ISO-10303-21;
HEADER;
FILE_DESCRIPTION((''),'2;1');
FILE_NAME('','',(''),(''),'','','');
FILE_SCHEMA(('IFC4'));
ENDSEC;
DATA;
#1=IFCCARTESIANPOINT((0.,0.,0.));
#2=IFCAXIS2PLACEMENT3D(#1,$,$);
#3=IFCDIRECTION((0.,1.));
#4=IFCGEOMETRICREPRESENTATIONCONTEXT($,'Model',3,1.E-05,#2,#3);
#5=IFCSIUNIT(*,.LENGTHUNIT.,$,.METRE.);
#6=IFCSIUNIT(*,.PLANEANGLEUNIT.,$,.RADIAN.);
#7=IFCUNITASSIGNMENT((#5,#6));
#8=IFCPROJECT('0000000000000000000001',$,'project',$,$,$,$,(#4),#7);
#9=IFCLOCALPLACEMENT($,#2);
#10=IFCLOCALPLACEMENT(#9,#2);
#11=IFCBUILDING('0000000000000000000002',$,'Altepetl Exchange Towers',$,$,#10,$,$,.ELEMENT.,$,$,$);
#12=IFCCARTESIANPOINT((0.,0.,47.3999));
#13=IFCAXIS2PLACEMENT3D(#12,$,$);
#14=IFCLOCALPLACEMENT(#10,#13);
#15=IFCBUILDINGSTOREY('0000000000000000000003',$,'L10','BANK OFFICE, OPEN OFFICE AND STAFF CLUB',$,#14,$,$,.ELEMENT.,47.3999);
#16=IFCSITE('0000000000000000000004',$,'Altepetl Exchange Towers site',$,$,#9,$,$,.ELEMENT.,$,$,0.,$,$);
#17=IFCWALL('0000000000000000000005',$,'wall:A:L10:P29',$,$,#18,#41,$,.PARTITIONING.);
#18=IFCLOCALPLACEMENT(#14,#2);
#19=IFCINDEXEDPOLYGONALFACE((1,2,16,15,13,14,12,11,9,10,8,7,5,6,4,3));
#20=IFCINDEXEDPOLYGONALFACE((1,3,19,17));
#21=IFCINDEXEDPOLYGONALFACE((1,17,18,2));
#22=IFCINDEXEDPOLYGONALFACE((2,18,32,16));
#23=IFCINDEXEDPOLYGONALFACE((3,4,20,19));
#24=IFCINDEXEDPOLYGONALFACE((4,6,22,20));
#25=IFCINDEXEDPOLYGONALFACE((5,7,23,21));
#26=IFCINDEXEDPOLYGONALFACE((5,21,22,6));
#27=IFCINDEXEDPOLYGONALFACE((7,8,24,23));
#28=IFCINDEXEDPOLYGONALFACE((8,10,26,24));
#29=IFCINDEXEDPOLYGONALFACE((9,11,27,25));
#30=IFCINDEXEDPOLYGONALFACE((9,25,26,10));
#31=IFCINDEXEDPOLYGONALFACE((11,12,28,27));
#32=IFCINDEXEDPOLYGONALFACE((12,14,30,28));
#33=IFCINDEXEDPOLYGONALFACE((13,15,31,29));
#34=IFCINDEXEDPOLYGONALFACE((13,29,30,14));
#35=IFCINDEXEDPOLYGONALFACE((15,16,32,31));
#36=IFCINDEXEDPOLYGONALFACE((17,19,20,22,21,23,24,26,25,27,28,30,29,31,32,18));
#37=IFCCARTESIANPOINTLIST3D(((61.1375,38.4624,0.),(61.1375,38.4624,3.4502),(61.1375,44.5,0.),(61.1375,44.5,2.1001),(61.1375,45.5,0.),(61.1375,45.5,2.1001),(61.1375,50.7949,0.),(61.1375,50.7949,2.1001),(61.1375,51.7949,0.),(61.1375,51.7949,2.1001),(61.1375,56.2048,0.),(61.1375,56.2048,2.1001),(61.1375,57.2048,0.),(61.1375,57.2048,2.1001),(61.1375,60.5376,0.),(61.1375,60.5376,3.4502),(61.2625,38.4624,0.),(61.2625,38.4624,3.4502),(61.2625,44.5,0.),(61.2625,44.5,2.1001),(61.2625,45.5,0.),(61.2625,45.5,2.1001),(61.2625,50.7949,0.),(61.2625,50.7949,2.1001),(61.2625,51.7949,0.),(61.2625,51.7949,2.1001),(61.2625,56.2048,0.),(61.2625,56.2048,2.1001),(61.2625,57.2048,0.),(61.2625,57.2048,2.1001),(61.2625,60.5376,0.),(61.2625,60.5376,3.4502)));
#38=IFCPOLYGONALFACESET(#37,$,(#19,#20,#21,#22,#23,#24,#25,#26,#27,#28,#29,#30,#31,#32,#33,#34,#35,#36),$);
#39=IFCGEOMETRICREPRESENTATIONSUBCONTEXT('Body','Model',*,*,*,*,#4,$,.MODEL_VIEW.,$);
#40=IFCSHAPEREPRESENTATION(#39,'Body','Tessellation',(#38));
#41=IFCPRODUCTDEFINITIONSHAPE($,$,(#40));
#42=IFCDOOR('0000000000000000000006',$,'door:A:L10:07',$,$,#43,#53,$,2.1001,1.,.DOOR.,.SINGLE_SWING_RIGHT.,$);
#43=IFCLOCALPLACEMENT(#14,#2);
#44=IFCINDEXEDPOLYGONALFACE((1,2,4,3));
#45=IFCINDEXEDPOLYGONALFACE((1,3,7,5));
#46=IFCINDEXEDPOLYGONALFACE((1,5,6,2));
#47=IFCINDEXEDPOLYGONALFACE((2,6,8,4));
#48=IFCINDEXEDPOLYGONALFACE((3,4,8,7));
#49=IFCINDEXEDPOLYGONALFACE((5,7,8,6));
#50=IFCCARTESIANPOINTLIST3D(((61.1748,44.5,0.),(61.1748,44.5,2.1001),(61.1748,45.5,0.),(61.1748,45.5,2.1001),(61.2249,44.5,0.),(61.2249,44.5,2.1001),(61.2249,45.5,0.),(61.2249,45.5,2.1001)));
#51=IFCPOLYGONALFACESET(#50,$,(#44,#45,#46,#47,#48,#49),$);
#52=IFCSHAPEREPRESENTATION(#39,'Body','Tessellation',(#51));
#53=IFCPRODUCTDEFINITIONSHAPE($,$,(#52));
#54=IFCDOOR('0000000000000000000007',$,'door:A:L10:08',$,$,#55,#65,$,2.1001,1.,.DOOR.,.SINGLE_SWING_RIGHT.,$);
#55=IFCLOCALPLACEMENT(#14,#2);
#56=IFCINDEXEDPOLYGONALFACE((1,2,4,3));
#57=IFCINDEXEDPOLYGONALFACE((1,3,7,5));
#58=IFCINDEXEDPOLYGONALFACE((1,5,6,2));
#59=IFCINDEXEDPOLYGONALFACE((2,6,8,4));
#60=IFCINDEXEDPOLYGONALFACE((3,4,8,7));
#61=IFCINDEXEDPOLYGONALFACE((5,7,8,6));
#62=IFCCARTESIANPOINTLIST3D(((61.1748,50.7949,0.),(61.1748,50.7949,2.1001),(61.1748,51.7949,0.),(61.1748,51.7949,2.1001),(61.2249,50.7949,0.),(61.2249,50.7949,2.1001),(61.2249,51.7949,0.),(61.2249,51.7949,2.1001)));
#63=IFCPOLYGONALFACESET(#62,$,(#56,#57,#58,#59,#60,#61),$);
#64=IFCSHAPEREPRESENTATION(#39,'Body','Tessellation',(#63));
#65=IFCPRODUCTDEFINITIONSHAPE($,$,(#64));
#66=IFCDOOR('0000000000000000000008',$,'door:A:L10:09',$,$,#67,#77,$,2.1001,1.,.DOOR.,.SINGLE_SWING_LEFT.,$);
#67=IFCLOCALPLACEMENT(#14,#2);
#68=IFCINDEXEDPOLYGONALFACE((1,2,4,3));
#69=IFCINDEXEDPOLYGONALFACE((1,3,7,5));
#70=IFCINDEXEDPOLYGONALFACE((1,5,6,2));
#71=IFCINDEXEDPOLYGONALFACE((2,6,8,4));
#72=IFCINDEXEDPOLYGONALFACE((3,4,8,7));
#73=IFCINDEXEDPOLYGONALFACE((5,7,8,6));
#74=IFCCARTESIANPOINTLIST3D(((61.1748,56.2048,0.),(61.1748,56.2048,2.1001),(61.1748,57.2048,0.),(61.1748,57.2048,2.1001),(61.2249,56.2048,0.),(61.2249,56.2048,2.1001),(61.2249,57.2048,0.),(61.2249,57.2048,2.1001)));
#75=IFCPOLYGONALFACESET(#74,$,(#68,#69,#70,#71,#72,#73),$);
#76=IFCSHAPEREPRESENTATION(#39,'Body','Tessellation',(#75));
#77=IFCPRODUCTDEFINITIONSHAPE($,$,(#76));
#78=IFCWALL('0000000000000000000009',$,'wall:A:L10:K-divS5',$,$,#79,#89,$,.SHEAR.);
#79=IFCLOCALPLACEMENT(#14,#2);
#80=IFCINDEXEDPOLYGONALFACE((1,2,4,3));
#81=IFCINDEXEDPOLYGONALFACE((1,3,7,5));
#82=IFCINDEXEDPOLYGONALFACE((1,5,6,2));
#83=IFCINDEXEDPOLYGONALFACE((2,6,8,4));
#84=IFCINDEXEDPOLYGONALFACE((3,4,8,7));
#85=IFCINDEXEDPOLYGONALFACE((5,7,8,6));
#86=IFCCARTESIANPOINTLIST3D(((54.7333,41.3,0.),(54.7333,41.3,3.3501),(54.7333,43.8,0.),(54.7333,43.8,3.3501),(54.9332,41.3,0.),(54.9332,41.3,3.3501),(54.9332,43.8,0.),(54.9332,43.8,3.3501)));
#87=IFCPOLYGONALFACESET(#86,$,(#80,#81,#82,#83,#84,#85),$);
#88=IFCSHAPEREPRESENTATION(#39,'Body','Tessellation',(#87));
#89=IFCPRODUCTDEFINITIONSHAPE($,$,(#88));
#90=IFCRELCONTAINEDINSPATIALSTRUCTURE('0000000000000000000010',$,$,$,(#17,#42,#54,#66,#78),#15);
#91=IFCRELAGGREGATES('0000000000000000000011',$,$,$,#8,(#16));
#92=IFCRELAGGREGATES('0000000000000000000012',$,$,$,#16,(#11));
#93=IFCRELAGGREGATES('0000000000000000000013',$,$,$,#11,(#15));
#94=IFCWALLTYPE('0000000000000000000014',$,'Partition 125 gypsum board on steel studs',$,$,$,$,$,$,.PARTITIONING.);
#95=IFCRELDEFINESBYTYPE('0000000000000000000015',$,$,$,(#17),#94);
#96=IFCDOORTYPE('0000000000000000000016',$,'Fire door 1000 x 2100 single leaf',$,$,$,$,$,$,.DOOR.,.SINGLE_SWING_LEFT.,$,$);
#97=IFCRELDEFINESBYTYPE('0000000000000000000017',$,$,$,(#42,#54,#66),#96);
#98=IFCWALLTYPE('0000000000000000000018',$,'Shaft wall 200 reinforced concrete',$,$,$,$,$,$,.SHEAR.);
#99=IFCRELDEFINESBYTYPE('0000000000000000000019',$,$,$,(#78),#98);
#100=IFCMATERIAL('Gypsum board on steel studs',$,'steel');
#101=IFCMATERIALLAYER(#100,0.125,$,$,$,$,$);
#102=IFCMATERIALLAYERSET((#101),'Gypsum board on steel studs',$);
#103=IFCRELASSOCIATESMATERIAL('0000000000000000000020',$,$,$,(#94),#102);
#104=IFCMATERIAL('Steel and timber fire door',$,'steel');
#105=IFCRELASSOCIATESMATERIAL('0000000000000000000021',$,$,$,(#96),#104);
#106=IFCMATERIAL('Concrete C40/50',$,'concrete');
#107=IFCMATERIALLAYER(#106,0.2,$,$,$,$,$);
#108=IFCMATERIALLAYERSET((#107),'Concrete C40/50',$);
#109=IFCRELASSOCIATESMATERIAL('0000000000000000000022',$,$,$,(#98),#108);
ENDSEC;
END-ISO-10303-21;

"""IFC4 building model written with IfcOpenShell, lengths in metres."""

from ifc_helpers import new_model, si_unit, direction, frame, frame_2d, origin, place, context, subcontext, project, spatial, rectangle, extrude, material, layer, layer_set, type_object, element, fill, save


model = new_model("IFC4")

# Units and contexts
model_context = context("Model", 3, precision=1e-05, world=origin(), true_north=direction((0.0, 1.0)))
body_context = subcontext(model_context, "Body", "Model", "MODEL_VIEW")
ifc_project = project(units=[si_unit("LENGTHUNIT", "METRE"), si_unit("PLANEANGLEUNIT", "RADIAN")], contexts=[model_context])

# Site, building, storey
site_placement = place(None, origin())
site = spatial("IfcSite", under=ifc_project, at=site_placement, Name="Altepetl Exchange Towers site", CompositionType="ELEMENT", RefElevation=0.0)
building_placement = place(site_placement, origin())
building = spatial("IfcBuilding", under=site, at=building_placement, Name="Altepetl Exchange Towers", CompositionType="ELEMENT")
storey_placement = place(building_placement, frame((0.0, 0.0, 47.3999)))
storey = spatial("IfcBuildingStorey", under=building, at=storey_placement, Name="L10", Description="BANK OFFICE, OPEN OFFICE AND STAFF CLUB", CompositionType="ELEMENT", Elevation=47.3999)

# Shared definitions
ifc_material_1 = material(Name="Steel and timber fire door", Category="steel")

# Shared definitions
ifc_material_2 = material(Name="Gypsum board on steel studs", Category="steel")
ifc_layer_1 = layer(ifc_material_2, 0.125)
ifc_layer_set_1 = layer_set([ifc_layer_1], Name="Gypsum board on steel studs")
wall_type_1 = type_object("IfcWallType", Name="Partition 125 gypsum board on steel studs", PredefinedType="PARTITIONING", material=ifc_layer_set_1)

# Wall, openings, doors
wall_1_placement = place(storey_placement, frame((61.2, 38.4624, 0.0), z_axis=(0.0, 0.0, 1.0), x_axis=(0.0, 1.0, 0.0)))
wall_1 = element("IfcWall", 1, at=wall_1_placement, inside=storey, type_object=wall_type_1, Name="wall:A:L10:P29", PredefinedType="PARTITIONING", context=body_context, shape_type="SweptSolid", body=[
    extrude(rectangle(XDim=22.0752, YDim=0.125, at=frame_2d((11.0376, 0.0))), origin(), (0.0, 0.0, 1.0), 3.4502),
])
opening_1_placement = place(wall_1_placement, frame((6.0376, 0.0, 0.0)))
opening_1 = element("IfcOpeningElement", 2, at=opening_1_placement, cuts=wall_1, PredefinedType="OPENING", context=body_context, shape_type="SweptSolid", body=[
    extrude(rectangle(XDim=1.0, YDim=2.1001, at=frame_2d((0.5, 1.05))), frame((0.0, 0.0725, 0.0), z_axis=(0.0, -1.0, 0.0), x_axis=(1.0, 0.0, 0.0)), (0.0, 0.0, 1.0), 0.145),
])
opening_2_placement = place(wall_1_placement, frame((12.3325, 0.0, 0.0)))
opening_2 = element("IfcOpeningElement", 3, at=opening_2_placement, cuts=wall_1, PredefinedType="OPENING", context=body_context, shape_type="SweptSolid", body=[
    extrude(rectangle(XDim=1.0, YDim=2.1001, at=frame_2d((0.5, 1.05))), frame((0.0, 0.0725, 0.0), z_axis=(0.0, -1.0, 0.0), x_axis=(1.0, 0.0, 0.0)), (0.0, 0.0, 1.0), 0.145),
])
opening_3_placement = place(wall_1_placement, frame((17.7424, 0.0, 0.0)))
opening_3 = element("IfcOpeningElement", 4, at=opening_3_placement, cuts=wall_1, PredefinedType="OPENING", context=body_context, shape_type="SweptSolid", body=[
    extrude(rectangle(XDim=1.0, YDim=2.1001, at=frame_2d((0.5, 1.05))), frame((0.0, 0.0725, 0.0), z_axis=(0.0, -1.0, 0.0), x_axis=(1.0, 0.0, 0.0)), (0.0, 0.0, 1.0), 0.145),
])
door_type_1 = type_object("IfcDoorType", Name="Fire door 1000 x 2100 single leaf", OperationType="SINGLE_SWING_LEFT", PredefinedType="DOOR", material=ifc_material_1)
door_1_placement = place(opening_1_placement, frame((1.0, 0.0, 0.0), x_axis=(-1.0, 0.0, 0.0)))
door_1 = element("IfcDoor", 5, at=door_1_placement, inside=storey, type_object=door_type_1, Name="door:A:L10:07", OperationType="SINGLE_SWING_RIGHT", OverallHeight=2.1001, OverallWidth=1.0, PredefinedType="DOOR", context=body_context, shape_type="SweptSolid", body=[
    extrude(rectangle(XDim=1.0, YDim=2.1001, at=frame_2d((0.5, 1.05))), frame((0.0, 0.0249, 0.0), z_axis=(0.0, -1.0, 0.0), x_axis=(1.0, 0.0, 0.0)), (0.0, 0.0, 1.0), 0.05),
])
fill(opening_1, door_1)
door_2_placement = place(opening_2_placement, frame((1.0, 0.0, 0.0), x_axis=(-1.0, 0.0, 0.0)))
door_2 = element("IfcDoor", 6, at=door_2_placement, inside=storey, type_object=door_type_1, Name="door:A:L10:08", OperationType="SINGLE_SWING_RIGHT", OverallHeight=2.1001, OverallWidth=1.0, PredefinedType="DOOR", context=body_context, shape_type="SweptSolid", body=[
    extrude(rectangle(XDim=1.0, YDim=2.1001, at=frame_2d((0.5, 1.05))), frame((0.0, 0.0249, 0.0), z_axis=(0.0, -1.0, 0.0), x_axis=(1.0, 0.0, 0.0)), (0.0, 0.0, 1.0), 0.05),
])
fill(opening_2, door_2)
door_3_placement = place(opening_3_placement, frame((1.0, 0.0, 0.0), x_axis=(-1.0, 0.0, 0.0)))
door_3 = element("IfcDoor", 7, at=door_3_placement, inside=storey, type_object=door_type_1, Name="door:A:L10:09", OperationType="SINGLE_SWING_LEFT", OverallHeight=2.1001, OverallWidth=1.0, PredefinedType="DOOR", context=body_context, shape_type="SweptSolid", body=[
    extrude(rectangle(XDim=1.0, YDim=2.1001, at=frame_2d((0.5, 1.05))), frame((0.0, 0.0249, 0.0), z_axis=(0.0, -1.0, 0.0), x_axis=(1.0, 0.0, 0.0)), (0.0, 0.0, 1.0), 0.05),
])
fill(opening_3, door_3)

# Wall
ifc_material_3 = material(Name="Concrete C40/50", Category="concrete")
ifc_layer_2 = layer(ifc_material_3, 0.2)
ifc_layer_set_2 = layer_set([ifc_layer_2], Name="Concrete C40/50")
wall_type_2 = type_object("IfcWallType", Name="Shaft wall 200 reinforced concrete", PredefinedType="SHEAR", material=ifc_layer_set_2)
wall_2_placement = place(storey_placement, frame((54.8333, 41.3, 0.0), z_axis=(0.0, 0.0, 1.0), x_axis=(0.0, 1.0, 0.0)))
element("IfcWall", 8, at=wall_2_placement, inside=storey, type_object=wall_type_2, Name="wall:A:L10:K-divS5", PredefinedType="SHEAR", context=body_context, shape_type="SweptSolid", body=[
    extrude(rectangle(XDim=2.5, YDim=0.2, at=frame_2d((1.25, 0.0))), origin(), (0.0, 0.0, 1.0), 3.3501),
])

save(model, "model.ifc")
